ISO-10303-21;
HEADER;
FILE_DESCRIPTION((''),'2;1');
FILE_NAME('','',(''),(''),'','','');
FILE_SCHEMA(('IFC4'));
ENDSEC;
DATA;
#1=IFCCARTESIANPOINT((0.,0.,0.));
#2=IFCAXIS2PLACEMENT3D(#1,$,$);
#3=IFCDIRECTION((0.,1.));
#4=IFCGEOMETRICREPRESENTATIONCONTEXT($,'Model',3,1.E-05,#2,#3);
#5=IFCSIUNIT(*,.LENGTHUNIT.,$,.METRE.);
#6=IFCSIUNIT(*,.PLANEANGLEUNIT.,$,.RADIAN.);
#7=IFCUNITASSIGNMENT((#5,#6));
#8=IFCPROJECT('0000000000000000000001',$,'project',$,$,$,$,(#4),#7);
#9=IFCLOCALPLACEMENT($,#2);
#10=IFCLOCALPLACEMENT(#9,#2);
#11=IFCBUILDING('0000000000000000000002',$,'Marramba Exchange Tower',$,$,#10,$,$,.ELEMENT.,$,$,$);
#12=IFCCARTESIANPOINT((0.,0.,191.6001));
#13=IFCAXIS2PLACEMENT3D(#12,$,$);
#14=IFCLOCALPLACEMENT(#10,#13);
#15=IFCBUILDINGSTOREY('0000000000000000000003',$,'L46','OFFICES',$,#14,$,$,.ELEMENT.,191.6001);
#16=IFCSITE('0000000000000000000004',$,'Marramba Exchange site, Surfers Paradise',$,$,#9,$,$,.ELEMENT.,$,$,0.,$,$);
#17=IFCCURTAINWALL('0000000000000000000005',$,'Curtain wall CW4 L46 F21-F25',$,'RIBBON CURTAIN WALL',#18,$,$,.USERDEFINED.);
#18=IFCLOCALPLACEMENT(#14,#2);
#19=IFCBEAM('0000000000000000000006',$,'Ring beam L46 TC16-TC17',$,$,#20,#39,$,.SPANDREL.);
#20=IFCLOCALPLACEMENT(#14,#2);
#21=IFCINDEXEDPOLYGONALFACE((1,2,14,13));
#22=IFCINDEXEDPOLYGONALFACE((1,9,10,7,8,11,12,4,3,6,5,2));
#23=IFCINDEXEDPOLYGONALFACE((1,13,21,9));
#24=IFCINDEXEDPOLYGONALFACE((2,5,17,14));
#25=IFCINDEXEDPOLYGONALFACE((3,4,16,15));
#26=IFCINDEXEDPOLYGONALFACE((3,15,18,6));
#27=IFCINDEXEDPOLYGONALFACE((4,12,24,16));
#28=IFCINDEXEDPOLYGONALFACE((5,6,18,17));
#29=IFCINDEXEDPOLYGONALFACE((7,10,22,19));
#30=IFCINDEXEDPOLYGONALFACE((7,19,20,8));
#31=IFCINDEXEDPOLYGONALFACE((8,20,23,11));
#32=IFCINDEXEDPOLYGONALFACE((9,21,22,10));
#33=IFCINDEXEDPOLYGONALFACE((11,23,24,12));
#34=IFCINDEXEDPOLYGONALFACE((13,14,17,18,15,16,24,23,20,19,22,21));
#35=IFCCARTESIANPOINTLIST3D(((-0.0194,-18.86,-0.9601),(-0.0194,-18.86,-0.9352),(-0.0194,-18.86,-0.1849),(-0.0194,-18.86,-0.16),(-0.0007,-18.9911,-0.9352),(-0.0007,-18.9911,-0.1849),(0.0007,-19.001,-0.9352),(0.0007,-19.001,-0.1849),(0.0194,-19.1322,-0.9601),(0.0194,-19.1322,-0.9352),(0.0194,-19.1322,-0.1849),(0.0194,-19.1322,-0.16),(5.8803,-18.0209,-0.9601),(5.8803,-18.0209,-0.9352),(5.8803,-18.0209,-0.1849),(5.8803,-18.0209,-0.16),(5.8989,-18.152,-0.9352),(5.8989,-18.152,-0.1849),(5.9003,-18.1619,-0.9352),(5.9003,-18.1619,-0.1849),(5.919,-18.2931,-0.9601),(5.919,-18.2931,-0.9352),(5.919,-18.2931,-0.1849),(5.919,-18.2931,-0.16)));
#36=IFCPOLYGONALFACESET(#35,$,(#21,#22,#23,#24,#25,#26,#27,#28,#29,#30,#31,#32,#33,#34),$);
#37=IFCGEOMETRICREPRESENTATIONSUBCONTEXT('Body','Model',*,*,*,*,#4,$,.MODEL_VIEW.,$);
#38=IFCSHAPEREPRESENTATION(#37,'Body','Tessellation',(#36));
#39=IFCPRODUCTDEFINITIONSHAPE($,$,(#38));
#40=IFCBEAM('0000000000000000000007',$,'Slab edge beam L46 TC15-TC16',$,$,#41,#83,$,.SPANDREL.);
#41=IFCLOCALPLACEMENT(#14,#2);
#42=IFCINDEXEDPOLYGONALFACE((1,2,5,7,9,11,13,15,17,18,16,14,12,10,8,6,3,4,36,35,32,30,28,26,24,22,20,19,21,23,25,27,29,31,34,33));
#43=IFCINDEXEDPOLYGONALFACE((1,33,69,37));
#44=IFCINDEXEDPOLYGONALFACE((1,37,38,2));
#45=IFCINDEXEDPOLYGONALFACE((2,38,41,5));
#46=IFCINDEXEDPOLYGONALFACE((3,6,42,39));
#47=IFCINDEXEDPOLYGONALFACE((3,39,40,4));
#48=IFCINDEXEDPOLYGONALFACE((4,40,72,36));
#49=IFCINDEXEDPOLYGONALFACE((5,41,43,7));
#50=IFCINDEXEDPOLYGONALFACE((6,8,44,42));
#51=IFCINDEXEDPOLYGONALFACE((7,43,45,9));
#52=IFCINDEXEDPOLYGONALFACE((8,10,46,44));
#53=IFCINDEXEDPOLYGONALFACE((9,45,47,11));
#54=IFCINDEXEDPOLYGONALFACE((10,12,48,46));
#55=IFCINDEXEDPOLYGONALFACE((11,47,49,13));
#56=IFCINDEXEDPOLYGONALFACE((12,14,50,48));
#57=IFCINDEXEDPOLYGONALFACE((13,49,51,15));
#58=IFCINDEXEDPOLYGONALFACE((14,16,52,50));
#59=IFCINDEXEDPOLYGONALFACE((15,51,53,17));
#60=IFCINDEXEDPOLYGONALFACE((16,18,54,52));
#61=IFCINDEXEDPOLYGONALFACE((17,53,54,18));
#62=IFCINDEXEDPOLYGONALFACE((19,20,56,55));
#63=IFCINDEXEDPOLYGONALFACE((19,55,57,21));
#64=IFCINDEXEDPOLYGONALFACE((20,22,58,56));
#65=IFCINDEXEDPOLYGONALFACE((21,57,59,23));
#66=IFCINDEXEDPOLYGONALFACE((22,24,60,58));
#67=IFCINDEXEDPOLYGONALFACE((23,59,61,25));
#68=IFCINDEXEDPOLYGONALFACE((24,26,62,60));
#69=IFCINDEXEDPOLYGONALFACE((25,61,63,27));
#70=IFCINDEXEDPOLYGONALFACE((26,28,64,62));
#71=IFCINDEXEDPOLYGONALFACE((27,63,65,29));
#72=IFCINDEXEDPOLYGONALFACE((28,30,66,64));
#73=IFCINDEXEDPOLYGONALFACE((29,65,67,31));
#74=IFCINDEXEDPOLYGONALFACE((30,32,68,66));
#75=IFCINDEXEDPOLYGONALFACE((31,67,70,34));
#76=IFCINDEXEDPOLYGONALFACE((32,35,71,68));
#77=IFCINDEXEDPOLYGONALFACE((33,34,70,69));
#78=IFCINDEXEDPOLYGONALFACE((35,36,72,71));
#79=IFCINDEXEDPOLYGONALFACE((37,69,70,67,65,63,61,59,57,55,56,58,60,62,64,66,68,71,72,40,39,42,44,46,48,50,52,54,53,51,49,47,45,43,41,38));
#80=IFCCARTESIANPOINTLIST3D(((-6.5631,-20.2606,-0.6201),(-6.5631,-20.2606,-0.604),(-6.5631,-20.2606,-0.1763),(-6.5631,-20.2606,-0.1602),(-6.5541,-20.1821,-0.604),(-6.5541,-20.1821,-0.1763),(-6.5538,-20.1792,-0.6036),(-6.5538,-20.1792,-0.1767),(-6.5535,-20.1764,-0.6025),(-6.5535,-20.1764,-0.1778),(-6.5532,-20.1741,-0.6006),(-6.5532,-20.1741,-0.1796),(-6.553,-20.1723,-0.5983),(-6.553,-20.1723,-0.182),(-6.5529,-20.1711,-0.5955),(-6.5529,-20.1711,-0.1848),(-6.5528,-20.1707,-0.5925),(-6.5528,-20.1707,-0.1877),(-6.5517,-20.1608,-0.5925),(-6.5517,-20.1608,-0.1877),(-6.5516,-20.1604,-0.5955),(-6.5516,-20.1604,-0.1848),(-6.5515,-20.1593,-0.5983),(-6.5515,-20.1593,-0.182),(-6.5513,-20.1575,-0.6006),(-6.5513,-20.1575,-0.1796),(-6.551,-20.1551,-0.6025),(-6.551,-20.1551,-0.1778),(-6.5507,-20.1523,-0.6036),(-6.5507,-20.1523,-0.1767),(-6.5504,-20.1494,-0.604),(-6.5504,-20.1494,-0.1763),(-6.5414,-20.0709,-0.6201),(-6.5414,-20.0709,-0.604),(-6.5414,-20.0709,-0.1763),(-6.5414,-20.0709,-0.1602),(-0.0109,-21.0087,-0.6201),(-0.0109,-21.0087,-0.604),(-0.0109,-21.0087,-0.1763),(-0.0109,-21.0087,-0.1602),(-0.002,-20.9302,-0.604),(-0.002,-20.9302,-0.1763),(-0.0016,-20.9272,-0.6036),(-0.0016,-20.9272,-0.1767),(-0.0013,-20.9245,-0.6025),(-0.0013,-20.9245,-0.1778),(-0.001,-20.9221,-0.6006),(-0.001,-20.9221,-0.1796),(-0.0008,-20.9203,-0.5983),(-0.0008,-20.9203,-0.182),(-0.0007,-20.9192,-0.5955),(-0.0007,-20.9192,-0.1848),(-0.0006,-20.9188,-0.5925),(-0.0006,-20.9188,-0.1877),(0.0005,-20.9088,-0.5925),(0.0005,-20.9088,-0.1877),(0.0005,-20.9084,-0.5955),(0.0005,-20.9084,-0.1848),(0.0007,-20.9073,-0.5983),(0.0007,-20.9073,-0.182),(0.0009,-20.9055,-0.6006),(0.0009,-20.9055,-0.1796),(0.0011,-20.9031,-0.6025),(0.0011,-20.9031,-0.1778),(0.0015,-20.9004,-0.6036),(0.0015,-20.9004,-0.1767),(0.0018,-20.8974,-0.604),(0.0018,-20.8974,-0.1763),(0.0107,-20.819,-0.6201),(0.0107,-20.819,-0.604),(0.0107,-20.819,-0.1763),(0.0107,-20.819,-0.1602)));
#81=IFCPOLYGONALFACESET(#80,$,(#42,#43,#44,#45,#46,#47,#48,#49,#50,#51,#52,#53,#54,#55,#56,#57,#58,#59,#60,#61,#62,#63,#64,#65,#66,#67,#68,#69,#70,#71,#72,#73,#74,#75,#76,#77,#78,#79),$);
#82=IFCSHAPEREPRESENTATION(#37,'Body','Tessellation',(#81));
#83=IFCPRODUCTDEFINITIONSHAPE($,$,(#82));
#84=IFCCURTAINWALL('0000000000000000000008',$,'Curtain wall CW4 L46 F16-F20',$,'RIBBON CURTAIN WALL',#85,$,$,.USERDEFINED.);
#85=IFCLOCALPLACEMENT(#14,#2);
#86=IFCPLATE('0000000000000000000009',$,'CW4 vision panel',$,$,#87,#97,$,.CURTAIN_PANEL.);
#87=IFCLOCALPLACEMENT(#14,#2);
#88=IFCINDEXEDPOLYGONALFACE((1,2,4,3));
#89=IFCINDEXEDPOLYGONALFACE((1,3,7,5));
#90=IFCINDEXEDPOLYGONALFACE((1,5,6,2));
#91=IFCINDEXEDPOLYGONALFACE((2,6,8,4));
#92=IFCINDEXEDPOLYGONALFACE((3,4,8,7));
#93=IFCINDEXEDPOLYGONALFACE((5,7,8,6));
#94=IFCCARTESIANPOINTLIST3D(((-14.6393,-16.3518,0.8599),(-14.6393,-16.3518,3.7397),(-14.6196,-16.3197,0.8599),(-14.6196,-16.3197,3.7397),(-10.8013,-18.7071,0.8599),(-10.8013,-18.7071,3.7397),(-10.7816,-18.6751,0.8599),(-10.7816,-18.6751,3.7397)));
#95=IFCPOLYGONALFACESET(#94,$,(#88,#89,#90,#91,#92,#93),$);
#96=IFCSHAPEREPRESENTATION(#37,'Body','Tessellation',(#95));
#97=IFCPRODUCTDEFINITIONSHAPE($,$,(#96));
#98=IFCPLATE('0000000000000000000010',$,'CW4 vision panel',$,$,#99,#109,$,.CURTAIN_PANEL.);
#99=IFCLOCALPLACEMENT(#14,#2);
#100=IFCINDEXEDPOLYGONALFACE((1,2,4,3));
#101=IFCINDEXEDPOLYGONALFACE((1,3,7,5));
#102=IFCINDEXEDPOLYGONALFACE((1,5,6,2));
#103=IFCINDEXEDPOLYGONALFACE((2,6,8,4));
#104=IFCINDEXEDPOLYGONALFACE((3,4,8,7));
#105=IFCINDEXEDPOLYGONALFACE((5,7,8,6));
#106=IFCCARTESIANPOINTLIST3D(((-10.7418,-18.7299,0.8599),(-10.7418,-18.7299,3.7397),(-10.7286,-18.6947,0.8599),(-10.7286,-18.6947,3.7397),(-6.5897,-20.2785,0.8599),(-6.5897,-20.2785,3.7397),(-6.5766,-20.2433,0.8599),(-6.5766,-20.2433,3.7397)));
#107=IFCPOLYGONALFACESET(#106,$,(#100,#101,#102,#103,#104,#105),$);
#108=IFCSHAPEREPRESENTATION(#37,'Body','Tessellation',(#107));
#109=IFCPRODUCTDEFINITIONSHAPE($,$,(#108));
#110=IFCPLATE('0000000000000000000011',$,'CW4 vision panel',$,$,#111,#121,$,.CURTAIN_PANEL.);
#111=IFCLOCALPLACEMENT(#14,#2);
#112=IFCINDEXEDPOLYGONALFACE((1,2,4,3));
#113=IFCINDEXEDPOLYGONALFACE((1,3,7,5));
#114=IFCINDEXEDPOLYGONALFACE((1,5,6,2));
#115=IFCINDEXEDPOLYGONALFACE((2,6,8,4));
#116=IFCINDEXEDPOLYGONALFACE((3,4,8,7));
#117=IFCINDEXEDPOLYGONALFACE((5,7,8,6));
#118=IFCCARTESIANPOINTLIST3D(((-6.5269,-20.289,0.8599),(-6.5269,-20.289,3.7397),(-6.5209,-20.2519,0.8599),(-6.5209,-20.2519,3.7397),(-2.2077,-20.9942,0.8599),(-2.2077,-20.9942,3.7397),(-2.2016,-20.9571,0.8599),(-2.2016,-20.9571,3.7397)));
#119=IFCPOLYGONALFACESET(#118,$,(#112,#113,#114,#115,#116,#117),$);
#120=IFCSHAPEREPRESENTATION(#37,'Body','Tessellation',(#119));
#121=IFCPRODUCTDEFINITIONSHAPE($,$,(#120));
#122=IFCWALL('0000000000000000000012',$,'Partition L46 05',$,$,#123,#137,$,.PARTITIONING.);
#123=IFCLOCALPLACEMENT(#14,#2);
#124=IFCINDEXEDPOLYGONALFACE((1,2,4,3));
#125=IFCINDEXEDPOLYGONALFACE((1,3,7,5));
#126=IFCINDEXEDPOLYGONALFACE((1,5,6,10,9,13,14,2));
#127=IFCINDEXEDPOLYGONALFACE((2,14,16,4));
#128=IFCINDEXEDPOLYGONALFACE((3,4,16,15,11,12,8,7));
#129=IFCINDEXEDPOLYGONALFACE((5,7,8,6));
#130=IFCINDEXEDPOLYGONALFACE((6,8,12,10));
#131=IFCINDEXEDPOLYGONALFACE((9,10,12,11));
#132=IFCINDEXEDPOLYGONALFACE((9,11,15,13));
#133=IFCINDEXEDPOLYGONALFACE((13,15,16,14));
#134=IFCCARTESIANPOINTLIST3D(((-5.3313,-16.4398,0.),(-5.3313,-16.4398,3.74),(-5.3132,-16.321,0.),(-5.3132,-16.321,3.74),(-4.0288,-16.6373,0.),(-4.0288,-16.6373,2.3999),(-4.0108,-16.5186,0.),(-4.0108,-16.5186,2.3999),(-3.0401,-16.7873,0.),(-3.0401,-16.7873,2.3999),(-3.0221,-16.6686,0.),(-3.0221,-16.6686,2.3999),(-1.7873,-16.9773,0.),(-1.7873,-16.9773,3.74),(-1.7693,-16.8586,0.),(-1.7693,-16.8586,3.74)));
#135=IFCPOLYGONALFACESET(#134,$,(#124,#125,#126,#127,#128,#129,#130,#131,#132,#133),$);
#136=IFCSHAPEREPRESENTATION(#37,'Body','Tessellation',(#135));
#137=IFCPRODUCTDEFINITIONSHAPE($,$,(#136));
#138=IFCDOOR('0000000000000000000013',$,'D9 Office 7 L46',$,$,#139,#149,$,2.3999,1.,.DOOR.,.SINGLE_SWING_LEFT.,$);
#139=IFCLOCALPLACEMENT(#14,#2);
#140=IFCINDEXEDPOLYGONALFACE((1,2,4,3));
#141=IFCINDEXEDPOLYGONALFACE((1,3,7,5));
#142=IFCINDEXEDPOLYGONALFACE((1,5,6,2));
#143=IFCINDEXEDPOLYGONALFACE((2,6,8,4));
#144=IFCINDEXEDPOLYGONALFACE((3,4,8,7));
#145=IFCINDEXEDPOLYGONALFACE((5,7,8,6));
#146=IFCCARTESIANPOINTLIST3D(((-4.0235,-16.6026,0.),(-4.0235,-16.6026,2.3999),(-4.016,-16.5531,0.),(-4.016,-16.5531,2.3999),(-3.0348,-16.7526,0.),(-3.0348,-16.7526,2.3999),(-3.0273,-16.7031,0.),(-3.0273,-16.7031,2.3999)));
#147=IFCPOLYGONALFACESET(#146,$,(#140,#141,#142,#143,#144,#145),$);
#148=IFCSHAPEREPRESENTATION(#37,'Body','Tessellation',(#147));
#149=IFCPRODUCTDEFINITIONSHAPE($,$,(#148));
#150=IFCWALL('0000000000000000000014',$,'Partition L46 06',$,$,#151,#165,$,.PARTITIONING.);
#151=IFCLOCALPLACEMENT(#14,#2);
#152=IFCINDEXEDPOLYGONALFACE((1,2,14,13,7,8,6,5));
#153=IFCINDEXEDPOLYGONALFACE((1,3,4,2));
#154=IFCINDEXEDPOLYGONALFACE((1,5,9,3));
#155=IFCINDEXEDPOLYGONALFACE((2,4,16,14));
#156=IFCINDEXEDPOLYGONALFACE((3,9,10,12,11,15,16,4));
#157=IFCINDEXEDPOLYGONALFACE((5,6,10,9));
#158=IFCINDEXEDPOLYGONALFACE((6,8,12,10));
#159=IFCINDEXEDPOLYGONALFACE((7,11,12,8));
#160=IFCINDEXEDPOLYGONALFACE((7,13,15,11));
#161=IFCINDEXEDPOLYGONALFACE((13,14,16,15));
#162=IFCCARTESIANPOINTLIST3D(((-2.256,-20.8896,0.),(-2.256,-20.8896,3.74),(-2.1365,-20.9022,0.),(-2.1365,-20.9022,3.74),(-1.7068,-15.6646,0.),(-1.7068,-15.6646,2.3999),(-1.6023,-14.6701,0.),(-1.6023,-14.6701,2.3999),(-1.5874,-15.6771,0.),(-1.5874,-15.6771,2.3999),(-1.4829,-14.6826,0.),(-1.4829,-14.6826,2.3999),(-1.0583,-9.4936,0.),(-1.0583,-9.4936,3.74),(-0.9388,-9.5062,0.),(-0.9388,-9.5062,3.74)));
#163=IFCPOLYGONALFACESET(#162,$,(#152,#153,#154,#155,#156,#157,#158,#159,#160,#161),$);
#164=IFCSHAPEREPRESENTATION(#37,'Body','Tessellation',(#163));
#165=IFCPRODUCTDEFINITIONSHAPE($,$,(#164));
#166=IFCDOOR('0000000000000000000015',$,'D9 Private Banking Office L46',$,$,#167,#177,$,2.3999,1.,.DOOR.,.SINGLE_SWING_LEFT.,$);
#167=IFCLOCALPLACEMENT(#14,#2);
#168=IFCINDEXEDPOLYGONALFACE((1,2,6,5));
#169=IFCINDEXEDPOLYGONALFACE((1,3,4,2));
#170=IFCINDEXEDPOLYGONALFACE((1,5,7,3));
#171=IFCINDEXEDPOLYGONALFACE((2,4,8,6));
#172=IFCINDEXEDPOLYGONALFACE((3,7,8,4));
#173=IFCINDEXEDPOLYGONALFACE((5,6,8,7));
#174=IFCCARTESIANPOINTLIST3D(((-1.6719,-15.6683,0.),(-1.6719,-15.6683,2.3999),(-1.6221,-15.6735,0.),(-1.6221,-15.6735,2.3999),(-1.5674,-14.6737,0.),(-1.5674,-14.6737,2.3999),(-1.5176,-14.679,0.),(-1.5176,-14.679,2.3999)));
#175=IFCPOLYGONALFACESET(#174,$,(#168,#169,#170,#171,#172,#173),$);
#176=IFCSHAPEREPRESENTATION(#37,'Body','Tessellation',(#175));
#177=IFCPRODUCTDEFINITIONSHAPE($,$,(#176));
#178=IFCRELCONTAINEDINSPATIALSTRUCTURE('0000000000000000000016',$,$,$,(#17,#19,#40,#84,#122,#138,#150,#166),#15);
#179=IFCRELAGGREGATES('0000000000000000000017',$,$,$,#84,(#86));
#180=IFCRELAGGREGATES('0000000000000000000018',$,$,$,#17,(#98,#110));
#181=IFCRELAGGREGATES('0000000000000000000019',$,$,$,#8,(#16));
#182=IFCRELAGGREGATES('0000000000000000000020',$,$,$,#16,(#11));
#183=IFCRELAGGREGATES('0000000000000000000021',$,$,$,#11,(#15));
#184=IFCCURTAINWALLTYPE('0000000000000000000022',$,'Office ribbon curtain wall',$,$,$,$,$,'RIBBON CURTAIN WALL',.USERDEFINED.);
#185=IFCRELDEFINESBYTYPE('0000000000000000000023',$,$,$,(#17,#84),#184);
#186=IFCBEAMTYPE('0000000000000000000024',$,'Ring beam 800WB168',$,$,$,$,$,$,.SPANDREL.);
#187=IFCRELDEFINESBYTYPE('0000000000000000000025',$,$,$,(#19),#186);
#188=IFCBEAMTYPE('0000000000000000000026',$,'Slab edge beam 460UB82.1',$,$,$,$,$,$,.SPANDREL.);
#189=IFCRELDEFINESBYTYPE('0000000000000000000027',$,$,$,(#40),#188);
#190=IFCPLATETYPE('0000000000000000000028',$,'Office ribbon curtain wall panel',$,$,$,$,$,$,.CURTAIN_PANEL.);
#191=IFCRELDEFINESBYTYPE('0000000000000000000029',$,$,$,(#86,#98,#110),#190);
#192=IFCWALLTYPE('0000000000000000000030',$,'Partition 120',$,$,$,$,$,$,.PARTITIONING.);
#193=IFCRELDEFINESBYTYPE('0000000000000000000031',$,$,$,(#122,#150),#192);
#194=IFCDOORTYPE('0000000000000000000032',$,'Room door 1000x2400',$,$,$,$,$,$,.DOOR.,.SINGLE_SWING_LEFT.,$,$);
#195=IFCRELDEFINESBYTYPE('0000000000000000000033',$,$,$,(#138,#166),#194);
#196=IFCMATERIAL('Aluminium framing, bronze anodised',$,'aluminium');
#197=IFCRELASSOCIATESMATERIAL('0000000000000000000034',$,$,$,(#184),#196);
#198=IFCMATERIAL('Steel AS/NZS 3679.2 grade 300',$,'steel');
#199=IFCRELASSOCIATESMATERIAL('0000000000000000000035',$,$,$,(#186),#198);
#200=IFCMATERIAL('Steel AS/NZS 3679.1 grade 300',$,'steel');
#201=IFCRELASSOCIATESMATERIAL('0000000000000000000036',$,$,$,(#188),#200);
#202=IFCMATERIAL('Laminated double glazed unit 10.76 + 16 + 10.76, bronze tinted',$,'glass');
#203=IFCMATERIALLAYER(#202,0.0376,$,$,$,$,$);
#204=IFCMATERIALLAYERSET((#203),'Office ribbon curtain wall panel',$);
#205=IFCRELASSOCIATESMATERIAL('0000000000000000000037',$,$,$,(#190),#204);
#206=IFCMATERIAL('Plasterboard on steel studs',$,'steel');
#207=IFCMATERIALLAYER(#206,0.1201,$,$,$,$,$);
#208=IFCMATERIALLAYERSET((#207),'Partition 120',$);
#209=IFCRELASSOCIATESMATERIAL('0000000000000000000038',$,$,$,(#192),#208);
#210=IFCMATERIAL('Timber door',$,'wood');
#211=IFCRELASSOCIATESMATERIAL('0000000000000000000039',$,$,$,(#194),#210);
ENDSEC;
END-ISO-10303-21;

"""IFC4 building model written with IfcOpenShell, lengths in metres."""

from ifc_helpers import new_model, si_unit, direction, frame, frame_2d, origin, origin_2d, place, context, subcontext, project, spatial, rectangle, i_section, extrude, material, layer, layer_set, material_profile, profile_set, type_object, element, fill, aggregate, save


model = new_model("IFC4")

# Units and contexts
model_context = context("Model", 3, precision=1e-05, world=origin(), true_north=direction((0.0, 1.0)))
body_context = subcontext(model_context, "Body", "Model", "MODEL_VIEW")
ifc_project = project(units=[si_unit("LENGTHUNIT", "METRE"), si_unit("PLANEANGLEUNIT", "RADIAN")], contexts=[model_context])

# Site, building, storey
site_placement = place(None, origin())
site = spatial("IfcSite", under=ifc_project, at=site_placement, Name="Marramba Exchange site, Surfers Paradise", CompositionType="ELEMENT", RefElevation=0.0)
building_placement = place(site_placement, origin())
building = spatial("IfcBuilding", under=site, at=building_placement, Name="Marramba Exchange Tower", CompositionType="ELEMENT")
storey_placement = place(building_placement, frame((0.0, 0.0, 191.6001)))
storey = spatial("IfcBuildingStorey", under=building, at=storey_placement, Name="L46", Description="OFFICES", CompositionType="ELEMENT", Elevation=191.6001)

# Shared definitions
ifc_material_1 = material(Name="Steel AS/NZS 3679.2 grade 300", Category="steel")

# Curtain wall
ifc_material_2 = material(Name="Aluminium framing, bronze anodised", Category="aluminium")
curtain_wall_type = type_object("IfcCurtainWallType", Name="Office ribbon curtain wall", ElementType="RIBBON CURTAIN WALL", PredefinedType="USERDEFINED", material=ifc_material_2)
curtain_wall_1_placement = place(storey_placement, origin())
curtain_wall_1 = element("IfcCurtainWall", 1, at=curtain_wall_1_placement, inside=storey, type_object=curtain_wall_type, Name="Curtain wall CW4 L46 F21-F25", ObjectType="RIBBON CURTAIN WALL", PredefinedType="USERDEFINED")

# Beams
ifc_material_profile_1 = material_profile(ifc_material_1, i_section(OverallWidth=0.2749, OverallDepth=0.8, WebThickness=0.01, FlangeThickness=0.0249, at=origin_2d()), Name="800WB168")
ifc_profile_set_1 = profile_set([ifc_material_profile_1], Name="Steel AS/NZS 3679.2 grade 300")
beam_type_1 = type_object("IfcBeamType", Name="Ring beam 800WB168", PredefinedType="SPANDREL", material=ifc_profile_set_1)
for number, where, z_axis, x_axis, name in (
    (2, (0.0, -18.9961, -0.5601), (0.990036, 0.140813, 0.0), (-0.140813, 0.990036, 0.0), "Ring beam L46 TC16-TC17"),
):
    element("IfcBeam", number, at=place(storey_placement, frame(where, z_axis=z_axis, x_axis=x_axis)), inside=storey, type_object=beam_type_1, Name=name, PredefinedType="SPANDREL", context=body_context, shape_type="SweptSolid", body=[
        extrude(i_section(OverallWidth=0.2749, OverallDepth=0.8, WebThickness=0.01, FlangeThickness=0.0249, at=origin_2d()), origin(), (0.0, 0.0, 1.0), 5.959),
    ])
ifc_material_3 = material(Name="Steel AS/NZS 3679.1 grade 300", Category="steel")
ifc_material_profile_2 = material_profile(ifc_material_3, i_section(OverallWidth=0.1909, OverallDepth=0.46, WebThickness=0.01, FlangeThickness=0.0161, FilletRadius=0.0115, at=origin_2d()), Name="460UB82.1")
ifc_profile_set_2 = profile_set([ifc_material_profile_2], Name="Steel AS/NZS 3679.1 grade 300")
beam_type_2 = type_object("IfcBeamType", Name="Slab edge beam 460UB82.1", PredefinedType="SPANDREL", material=ifc_profile_set_2)
beam_1_placement = place(storey_placement, frame((-6.5522, -20.1658, -0.3901), z_axis=(0.993546, -0.11343, 0.0), x_axis=(0.11343, 0.993546, 0.0)))
element("IfcBeam", 3, at=beam_1_placement, inside=storey, type_object=beam_type_2, Name="Slab edge beam L46 TC15-TC16", PredefinedType="SPANDREL", context=body_context, shape_type="SweptSolid", body=[
    extrude(i_section(OverallWidth=0.1909, OverallDepth=0.46, WebThickness=0.01, FlangeThickness=0.0161, FilletRadius=0.0115, at=origin_2d()), origin(), (0.0, 0.0, 1.0), 6.5947),
])

# Curtain wall, plate
curtain_wall_2_placement = place(storey_placement, origin())
curtain_wall_2 = element("IfcCurtainWall", 4, at=curtain_wall_2_placement, inside=storey, type_object=curtain_wall_type, Name="Curtain wall CW4 L46 F16-F20", ObjectType="RIBBON CURTAIN WALL", PredefinedType="USERDEFINED")
ifc_material_4 = material(Name="Laminated double glazed unit 10.76 + 16 + 10.76, bronze tinted", Category="glass")
ifc_layer_1 = layer(ifc_material_4, 0.0376)
ifc_layer_set_1 = layer_set([ifc_layer_1], Name="Office ribbon curtain wall panel")
plate_type = type_object("IfcPlateType", Name="Office ribbon curtain wall panel", PredefinedType="CURTAIN_PANEL", material=ifc_layer_set_1)
plate_1_placement = place(storey_placement, frame((-12.7104, -17.5134, 0.8599), z_axis=(0.0, 0.0, 1.0), x_axis=(0.852301, -0.523052, 0.0)))
plate_1 = element("IfcPlate", 5, at=plate_1_placement, type_object=plate_type, Name="CW4 vision panel", PredefinedType="CURTAIN_PANEL", context=body_context, shape_type="SweptSolid", body=[
    extrude(rectangle(XDim=4.5032, YDim=0.0376, at=origin_2d()), origin(), (0.0, 0.0, 1.0), 2.8799),
])
aggregate(curtain_wall_2, [plate_1])

# Plates
plate_2_placement = place(storey_placement, frame((-8.6592, -19.4866, 0.8599), z_axis=(0.0, 0.0, 1.0), x_axis=(0.936952, -0.349459, 0.0)))
plate_2 = element("IfcPlate", 6, at=plate_2_placement, type_object=plate_type, Name="CW4 vision panel", PredefinedType="CURTAIN_PANEL", context=body_context, shape_type="SweptSolid", body=[
    extrude(rectangle(XDim=4.4314, YDim=0.0376, at=origin_2d()), origin(), (0.0, 0.0, 1.0), 2.8799),
])
plate_3_placement = place(storey_placement, frame((-4.3643, -20.623, 0.8599), z_axis=(0.0, 0.0, 1.0), x_axis=(0.986931, -0.161146, 0.0)))
plate_3 = element("IfcPlate", 7, at=plate_3_placement, type_object=plate_type, Name="CW4 vision panel", PredefinedType="CURTAIN_PANEL", context=body_context, shape_type="SweptSolid", body=[
    extrude(rectangle(XDim=4.3765, YDim=0.0376, at=origin_2d()), origin(), (0.0, 0.0, 1.0), 2.8799),
])
aggregate(curtain_wall_1, [plate_2, plate_3])

# Walls, openings, doors
ifc_material_5 = material(Name="Plasterboard on steel studs", Category="steel")
ifc_layer_2 = layer(ifc_material_5, 0.1201)
ifc_layer_set_2 = layer_set([ifc_layer_2], Name="Partition 120")
wall_type = type_object("IfcWallType", Name="Partition 120", PredefinedType="PARTITIONING", material=ifc_layer_set_2)
wall_1_placement = place(storey_placement, frame((-1.7783, -16.918, 0.0), z_axis=(0.0, 0.0, 1.0), x_axis=(-0.988689, 0.149979, 0.0)))
wall_1 = element("IfcWall", 8, at=wall_1_placement, inside=storey, type_object=wall_type, Name="Partition L46 05", PredefinedType="PARTITIONING", context=body_context, shape_type="SweptSolid", body=[
    extrude(rectangle(XDim=3.5845, YDim=0.1201, at=frame_2d((1.7922, 0.0))), origin(), (0.0, 0.0, 1.0), 3.74),
])
opening_1_placement = place(wall_1_placement, frame((1.2671, 0.0, 0.0)))
opening_1 = element("IfcOpeningElement", 9, at=opening_1_placement, cuts=wall_1, PredefinedType="OPENING", context=body_context, shape_type="SweptSolid", body=[
    extrude(rectangle(XDim=1.0, YDim=2.3999, at=frame_2d((0.5, 1.2))), frame((0.0, 0.0701, 0.0), z_axis=(0.0, -1.0, 0.0), x_axis=(1.0, 0.0, 0.0)), (0.0, 0.0, 1.0), 0.1401),
])
ifc_material_6 = material(Name="Timber door", Category="wood")
door_type = type_object("IfcDoorType", Name="Room door 1000x2400", OperationType="SINGLE_SWING_LEFT", PredefinedType="DOOR", material=ifc_material_6)
door_1_placement = place(opening_1_placement, origin())
door_1 = element("IfcDoor", 10, at=door_1_placement, inside=storey, type_object=door_type, Name="D9 Office 7 L46", OperationType="SINGLE_SWING_LEFT", OverallHeight=2.3999, OverallWidth=1.0, PredefinedType="DOOR", context=body_context, shape_type="SweptSolid", body=[
    extrude(rectangle(XDim=1.0, YDim=2.3999, at=frame_2d((0.5, 1.2))), frame((0.0, 0.0249, 0.0), z_axis=(0.0, -1.0, 0.0), x_axis=(1.0, 0.0, 0.0)), (0.0, 0.0, 1.0), 0.05),
])
fill(opening_1, door_1)
wall_2_placement = place(storey_placement, frame((-2.1963, -20.896, 0.0), z_axis=(0.0, 0.0, 1.0), x_axis=(0.104527, 0.994522, 0.0)))
wall_2 = element("IfcWall", 11, at=wall_2_placement, inside=storey, type_object=wall_type, Name="Partition L46 06", PredefinedType="PARTITIONING", context=body_context, shape_type="SweptSolid", body=[
    extrude(rectangle(XDim=11.4587, YDim=0.1201, at=frame_2d((5.7295, 0.0))), origin(), (0.0, 0.0, 1.0), 3.74),
])
opening_2_placement = place(wall_2_placement, frame((5.2539, 0.0, 0.0)))
opening_2 = element("IfcOpeningElement", 12, at=opening_2_placement, cuts=wall_2, PredefinedType="OPENING", context=body_context, shape_type="SweptSolid", body=[
    extrude(rectangle(XDim=1.0, YDim=2.3999, at=frame_2d((0.5, 1.2))), frame((0.0, 0.0701, 0.0), z_axis=(0.0, -1.0, 0.0), x_axis=(1.0, 0.0, 0.0)), (0.0, 0.0, 1.0), 0.1401),
])
door_2_placement = place(opening_2_placement, origin())
door_2 = element("IfcDoor", 13, at=door_2_placement, inside=storey, type_object=door_type, Name="D9 Private Banking Office L46", OperationType="SINGLE_SWING_LEFT", OverallHeight=2.3999, OverallWidth=1.0, PredefinedType="DOOR", context=body_context, shape_type="SweptSolid", body=[
    extrude(rectangle(XDim=1.0, YDim=2.3999, at=frame_2d((0.5, 1.2))), frame((0.0, 0.0249, 0.0), z_axis=(0.0, -1.0, 0.0), x_axis=(1.0, 0.0, 0.0)), (0.0, 0.0, 1.0), 0.05),
])
fill(opening_2, door_2)

save(model, "model.ifc")
